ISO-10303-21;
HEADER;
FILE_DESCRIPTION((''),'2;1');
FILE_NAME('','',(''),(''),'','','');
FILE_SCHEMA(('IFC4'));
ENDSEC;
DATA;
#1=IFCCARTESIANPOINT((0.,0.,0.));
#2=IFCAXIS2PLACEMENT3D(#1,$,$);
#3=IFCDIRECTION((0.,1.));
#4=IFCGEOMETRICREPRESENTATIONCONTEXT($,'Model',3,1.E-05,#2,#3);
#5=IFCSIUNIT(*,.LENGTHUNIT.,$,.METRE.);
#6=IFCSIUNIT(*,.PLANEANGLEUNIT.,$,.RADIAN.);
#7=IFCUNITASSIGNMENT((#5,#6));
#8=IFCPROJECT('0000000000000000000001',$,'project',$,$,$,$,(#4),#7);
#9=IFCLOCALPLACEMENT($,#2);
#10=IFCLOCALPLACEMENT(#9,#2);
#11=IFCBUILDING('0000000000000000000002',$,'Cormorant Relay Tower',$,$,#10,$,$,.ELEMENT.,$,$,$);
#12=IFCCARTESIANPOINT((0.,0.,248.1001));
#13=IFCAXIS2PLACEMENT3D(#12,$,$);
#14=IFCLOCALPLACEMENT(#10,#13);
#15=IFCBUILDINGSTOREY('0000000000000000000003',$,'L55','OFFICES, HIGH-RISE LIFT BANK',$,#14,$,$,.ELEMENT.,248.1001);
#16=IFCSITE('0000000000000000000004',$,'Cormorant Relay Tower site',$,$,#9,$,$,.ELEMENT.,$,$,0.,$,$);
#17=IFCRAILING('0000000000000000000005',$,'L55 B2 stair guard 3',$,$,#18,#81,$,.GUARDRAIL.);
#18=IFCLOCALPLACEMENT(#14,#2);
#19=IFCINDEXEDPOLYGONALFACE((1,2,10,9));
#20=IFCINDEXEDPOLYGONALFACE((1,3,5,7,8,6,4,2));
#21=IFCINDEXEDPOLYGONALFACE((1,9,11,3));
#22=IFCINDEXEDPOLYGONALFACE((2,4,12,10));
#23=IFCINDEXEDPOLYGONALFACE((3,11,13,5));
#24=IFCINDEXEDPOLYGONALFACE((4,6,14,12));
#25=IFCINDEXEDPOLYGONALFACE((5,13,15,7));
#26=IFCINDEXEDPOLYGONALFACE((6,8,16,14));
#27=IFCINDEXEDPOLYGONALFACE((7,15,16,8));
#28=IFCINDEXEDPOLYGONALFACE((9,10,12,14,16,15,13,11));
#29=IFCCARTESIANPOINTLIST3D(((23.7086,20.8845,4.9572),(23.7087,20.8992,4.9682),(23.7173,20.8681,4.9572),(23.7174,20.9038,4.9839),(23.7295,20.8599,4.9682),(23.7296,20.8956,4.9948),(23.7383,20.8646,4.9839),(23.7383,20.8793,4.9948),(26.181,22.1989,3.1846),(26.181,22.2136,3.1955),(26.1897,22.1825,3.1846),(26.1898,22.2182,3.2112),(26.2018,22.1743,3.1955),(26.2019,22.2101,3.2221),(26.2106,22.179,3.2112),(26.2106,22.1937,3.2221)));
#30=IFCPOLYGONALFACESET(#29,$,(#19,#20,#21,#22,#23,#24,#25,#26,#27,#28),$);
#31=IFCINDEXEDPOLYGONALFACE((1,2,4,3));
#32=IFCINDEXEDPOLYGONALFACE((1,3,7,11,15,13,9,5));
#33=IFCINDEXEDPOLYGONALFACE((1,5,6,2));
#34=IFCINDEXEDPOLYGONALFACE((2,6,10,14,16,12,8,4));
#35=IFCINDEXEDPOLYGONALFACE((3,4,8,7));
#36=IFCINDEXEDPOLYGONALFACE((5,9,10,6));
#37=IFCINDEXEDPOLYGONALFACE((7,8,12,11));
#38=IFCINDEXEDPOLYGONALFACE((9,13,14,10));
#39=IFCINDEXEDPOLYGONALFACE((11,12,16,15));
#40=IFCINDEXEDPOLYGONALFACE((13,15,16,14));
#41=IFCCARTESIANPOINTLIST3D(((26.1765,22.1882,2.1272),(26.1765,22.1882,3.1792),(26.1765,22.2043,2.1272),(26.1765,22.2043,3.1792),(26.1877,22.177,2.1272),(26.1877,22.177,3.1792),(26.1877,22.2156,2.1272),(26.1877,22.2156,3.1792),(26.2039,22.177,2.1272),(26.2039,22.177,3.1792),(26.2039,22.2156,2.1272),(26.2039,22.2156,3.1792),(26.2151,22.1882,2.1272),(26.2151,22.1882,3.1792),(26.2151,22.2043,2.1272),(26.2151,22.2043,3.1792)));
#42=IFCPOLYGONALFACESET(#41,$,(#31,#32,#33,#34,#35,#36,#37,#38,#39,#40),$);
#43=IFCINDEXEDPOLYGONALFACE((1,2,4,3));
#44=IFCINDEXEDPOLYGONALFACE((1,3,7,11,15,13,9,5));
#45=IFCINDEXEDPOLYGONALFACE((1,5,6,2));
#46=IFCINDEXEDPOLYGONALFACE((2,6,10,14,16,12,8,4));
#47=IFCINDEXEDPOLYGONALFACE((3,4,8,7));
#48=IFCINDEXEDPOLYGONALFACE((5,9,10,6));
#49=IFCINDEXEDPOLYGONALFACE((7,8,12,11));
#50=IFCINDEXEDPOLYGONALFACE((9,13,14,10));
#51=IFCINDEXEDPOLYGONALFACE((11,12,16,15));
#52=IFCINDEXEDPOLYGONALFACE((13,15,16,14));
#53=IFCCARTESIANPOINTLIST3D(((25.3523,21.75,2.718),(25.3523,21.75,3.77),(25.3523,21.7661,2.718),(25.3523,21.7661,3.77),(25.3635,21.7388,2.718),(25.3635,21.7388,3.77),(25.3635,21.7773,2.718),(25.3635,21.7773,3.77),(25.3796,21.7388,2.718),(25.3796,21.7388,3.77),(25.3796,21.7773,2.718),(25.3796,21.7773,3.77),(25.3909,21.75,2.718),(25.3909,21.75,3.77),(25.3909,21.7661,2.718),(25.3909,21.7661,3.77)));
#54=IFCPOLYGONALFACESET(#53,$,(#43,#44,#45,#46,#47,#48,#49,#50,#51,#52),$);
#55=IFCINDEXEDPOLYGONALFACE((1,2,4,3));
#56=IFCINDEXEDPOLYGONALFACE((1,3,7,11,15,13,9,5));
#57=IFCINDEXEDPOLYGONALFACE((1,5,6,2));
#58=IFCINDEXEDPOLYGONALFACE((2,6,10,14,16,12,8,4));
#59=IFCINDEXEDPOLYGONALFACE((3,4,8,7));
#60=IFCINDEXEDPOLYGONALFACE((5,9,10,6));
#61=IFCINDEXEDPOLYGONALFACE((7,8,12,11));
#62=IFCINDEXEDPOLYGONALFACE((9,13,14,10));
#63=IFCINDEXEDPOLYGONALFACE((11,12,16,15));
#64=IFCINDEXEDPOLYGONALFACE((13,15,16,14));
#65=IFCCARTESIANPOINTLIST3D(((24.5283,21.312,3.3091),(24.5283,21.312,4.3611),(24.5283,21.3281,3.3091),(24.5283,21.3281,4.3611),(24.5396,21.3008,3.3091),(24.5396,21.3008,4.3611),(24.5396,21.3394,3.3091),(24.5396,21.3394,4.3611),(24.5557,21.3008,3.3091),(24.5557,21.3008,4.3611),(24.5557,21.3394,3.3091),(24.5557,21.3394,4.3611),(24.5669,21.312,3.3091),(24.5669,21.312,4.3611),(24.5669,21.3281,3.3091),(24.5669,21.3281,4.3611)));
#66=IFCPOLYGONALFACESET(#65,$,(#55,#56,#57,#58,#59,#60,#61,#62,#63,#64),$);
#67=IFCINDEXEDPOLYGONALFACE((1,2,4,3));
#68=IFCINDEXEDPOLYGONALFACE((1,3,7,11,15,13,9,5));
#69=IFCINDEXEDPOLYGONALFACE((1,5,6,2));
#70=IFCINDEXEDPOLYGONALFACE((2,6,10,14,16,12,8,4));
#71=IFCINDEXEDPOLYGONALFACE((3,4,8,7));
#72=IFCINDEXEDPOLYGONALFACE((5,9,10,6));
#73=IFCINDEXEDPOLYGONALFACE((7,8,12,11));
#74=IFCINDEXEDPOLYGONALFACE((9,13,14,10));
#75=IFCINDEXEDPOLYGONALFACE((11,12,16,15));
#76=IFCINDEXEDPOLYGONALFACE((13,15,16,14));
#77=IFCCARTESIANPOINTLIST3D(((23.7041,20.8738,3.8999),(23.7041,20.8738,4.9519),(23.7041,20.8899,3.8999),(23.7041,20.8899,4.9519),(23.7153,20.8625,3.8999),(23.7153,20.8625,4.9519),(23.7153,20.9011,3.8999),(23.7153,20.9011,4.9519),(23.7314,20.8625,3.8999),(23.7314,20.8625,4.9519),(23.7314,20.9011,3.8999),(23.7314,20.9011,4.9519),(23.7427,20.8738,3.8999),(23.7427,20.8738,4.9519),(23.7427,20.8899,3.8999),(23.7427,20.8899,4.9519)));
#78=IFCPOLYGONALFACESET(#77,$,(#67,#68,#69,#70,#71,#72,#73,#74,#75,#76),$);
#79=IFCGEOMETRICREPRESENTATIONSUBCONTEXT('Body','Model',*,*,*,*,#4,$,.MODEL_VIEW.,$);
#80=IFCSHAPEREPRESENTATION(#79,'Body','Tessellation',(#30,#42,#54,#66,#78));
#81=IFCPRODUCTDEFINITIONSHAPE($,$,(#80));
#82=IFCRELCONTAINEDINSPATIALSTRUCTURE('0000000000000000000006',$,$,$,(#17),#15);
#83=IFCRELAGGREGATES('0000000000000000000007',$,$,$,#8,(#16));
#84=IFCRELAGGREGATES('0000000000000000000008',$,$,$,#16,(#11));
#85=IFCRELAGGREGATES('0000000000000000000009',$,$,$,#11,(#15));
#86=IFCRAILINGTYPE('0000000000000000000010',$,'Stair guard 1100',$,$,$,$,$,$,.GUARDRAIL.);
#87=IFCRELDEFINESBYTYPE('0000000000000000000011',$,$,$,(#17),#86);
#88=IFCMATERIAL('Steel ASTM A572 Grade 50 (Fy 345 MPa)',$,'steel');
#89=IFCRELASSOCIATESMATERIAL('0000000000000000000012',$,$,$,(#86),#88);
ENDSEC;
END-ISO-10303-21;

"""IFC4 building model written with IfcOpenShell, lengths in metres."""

from ifc_helpers import new_model, si_unit, direction, frame, origin, place, context, subcontext, project, spatial, polyline, outline, extrude, material, type_object, element, save


model = new_model("IFC4")

# Units and contexts
model_context = context("Model", 3, precision=1e-05, world=origin(), true_north=direction((0.0, 1.0)))
body_context = subcontext(model_context, "Body", "Model", "MODEL_VIEW")
ifc_project = project(units=[si_unit("LENGTHUNIT", "METRE"), si_unit("PLANEANGLEUNIT", "RADIAN")], contexts=[model_context])

# Site, building, storey
site_placement = place(None, origin())
site = spatial("IfcSite", under=ifc_project, at=site_placement, Name="Cormorant Relay Tower site", CompositionType="ELEMENT", RefElevation=0.0)
building_placement = place(site_placement, origin())
building = spatial("IfcBuilding", under=site, at=building_placement, Name="Cormorant Relay Tower", CompositionType="ELEMENT")
storey_placement = place(building_placement, frame((0.0, 0.0, 248.1001)))
storey = spatial("IfcBuildingStorey", under=building, at=storey_placement, Name="L55", Description="OFFICES, HIGH-RISE LIFT BANK", CompositionType="ELEMENT", Elevation=248.1001)

# Railing
ifc_material_1 = material(Name="Steel ASTM A572 Grade 50 (Fy 345 MPa)", Category="steel")
railing_type = type_object("IfcRailingType", Name="Stair guard 1100", PredefinedType="GUARDRAIL", material=ifc_material_1)
railing_1_placement = place(storey_placement, frame((26.1958, 22.1963, 2.1272)))
element("IfcRailing", 1, at=railing_1_placement, inside=storey, type_object=railing_type, Name="L55 B2 stair guard 3", PredefinedType="GUARDRAIL", context=body_context, shape_type="SweptSolid", body=[
    extrude(outline(polyline([(0.0222, 0.0093), (0.0093, 0.0222), (-0.0093, 0.0222), (-0.0222, 0.0093), (-0.0222, -0.0093), (-0.0093, -0.0222), (0.0093, -0.0222), (0.0222, -0.0093), (0.0222, 0.0093)])), frame((0.0, 0.0, 1.0762), z_axis=(-0.746034, -0.396627, 0.534902), x_axis=(0.469429, -0.88297, 0.0)), (0.0, 0.0, 1.0), 3.314),
    extrude(outline(polyline([(0.0193, 0.0081), (0.0081, 0.0193), (-0.0081, 0.0193), (-0.0193, 0.0081), (-0.0193, -0.0081), (-0.0081, -0.0193), (0.0081, -0.0193), (0.0193, -0.0081), (0.0193, 0.0081)])), origin(), (0.0, 0.0, 1.0), 1.052),
    extrude(outline(polyline([(0.0193, 0.0081), (0.0081, 0.0193), (-0.0081, 0.0193), (-0.0193, 0.0081), (-0.0193, -0.0081), (-0.0081, -0.0193), (0.0081, -0.0193), (0.0193, -0.0081), (0.0193, 0.0081)])), frame((-0.8242, -0.4382, 0.5908)), (0.0, 0.0, 1.0), 1.052),
    extrude(outline(polyline([(0.0193, 0.0081), (0.0081, 0.0193), (-0.0081, 0.0193), (-0.0193, 0.0081), (-0.0193, -0.0081), (-0.0081, -0.0193), (0.0081, -0.0193), (0.0193, -0.0081), (0.0193, 0.0081)])), frame((-1.6482, -0.8762, 1.1819)), (0.0, 0.0, 1.0), 1.052),
    extrude(outline(polyline([(0.0193, 0.0081), (0.0081, 0.0193), (-0.0081, 0.0193), (-0.0193, 0.0081), (-0.0193, -0.0081), (-0.0081, -0.0193), (0.0081, -0.0193), (0.0193, -0.0081), (0.0193, 0.0081)])), frame((-2.4724, -1.3145, 1.7727)), (0.0, 0.0, 1.0), 1.052),
])

save(model, "model.ifc")
